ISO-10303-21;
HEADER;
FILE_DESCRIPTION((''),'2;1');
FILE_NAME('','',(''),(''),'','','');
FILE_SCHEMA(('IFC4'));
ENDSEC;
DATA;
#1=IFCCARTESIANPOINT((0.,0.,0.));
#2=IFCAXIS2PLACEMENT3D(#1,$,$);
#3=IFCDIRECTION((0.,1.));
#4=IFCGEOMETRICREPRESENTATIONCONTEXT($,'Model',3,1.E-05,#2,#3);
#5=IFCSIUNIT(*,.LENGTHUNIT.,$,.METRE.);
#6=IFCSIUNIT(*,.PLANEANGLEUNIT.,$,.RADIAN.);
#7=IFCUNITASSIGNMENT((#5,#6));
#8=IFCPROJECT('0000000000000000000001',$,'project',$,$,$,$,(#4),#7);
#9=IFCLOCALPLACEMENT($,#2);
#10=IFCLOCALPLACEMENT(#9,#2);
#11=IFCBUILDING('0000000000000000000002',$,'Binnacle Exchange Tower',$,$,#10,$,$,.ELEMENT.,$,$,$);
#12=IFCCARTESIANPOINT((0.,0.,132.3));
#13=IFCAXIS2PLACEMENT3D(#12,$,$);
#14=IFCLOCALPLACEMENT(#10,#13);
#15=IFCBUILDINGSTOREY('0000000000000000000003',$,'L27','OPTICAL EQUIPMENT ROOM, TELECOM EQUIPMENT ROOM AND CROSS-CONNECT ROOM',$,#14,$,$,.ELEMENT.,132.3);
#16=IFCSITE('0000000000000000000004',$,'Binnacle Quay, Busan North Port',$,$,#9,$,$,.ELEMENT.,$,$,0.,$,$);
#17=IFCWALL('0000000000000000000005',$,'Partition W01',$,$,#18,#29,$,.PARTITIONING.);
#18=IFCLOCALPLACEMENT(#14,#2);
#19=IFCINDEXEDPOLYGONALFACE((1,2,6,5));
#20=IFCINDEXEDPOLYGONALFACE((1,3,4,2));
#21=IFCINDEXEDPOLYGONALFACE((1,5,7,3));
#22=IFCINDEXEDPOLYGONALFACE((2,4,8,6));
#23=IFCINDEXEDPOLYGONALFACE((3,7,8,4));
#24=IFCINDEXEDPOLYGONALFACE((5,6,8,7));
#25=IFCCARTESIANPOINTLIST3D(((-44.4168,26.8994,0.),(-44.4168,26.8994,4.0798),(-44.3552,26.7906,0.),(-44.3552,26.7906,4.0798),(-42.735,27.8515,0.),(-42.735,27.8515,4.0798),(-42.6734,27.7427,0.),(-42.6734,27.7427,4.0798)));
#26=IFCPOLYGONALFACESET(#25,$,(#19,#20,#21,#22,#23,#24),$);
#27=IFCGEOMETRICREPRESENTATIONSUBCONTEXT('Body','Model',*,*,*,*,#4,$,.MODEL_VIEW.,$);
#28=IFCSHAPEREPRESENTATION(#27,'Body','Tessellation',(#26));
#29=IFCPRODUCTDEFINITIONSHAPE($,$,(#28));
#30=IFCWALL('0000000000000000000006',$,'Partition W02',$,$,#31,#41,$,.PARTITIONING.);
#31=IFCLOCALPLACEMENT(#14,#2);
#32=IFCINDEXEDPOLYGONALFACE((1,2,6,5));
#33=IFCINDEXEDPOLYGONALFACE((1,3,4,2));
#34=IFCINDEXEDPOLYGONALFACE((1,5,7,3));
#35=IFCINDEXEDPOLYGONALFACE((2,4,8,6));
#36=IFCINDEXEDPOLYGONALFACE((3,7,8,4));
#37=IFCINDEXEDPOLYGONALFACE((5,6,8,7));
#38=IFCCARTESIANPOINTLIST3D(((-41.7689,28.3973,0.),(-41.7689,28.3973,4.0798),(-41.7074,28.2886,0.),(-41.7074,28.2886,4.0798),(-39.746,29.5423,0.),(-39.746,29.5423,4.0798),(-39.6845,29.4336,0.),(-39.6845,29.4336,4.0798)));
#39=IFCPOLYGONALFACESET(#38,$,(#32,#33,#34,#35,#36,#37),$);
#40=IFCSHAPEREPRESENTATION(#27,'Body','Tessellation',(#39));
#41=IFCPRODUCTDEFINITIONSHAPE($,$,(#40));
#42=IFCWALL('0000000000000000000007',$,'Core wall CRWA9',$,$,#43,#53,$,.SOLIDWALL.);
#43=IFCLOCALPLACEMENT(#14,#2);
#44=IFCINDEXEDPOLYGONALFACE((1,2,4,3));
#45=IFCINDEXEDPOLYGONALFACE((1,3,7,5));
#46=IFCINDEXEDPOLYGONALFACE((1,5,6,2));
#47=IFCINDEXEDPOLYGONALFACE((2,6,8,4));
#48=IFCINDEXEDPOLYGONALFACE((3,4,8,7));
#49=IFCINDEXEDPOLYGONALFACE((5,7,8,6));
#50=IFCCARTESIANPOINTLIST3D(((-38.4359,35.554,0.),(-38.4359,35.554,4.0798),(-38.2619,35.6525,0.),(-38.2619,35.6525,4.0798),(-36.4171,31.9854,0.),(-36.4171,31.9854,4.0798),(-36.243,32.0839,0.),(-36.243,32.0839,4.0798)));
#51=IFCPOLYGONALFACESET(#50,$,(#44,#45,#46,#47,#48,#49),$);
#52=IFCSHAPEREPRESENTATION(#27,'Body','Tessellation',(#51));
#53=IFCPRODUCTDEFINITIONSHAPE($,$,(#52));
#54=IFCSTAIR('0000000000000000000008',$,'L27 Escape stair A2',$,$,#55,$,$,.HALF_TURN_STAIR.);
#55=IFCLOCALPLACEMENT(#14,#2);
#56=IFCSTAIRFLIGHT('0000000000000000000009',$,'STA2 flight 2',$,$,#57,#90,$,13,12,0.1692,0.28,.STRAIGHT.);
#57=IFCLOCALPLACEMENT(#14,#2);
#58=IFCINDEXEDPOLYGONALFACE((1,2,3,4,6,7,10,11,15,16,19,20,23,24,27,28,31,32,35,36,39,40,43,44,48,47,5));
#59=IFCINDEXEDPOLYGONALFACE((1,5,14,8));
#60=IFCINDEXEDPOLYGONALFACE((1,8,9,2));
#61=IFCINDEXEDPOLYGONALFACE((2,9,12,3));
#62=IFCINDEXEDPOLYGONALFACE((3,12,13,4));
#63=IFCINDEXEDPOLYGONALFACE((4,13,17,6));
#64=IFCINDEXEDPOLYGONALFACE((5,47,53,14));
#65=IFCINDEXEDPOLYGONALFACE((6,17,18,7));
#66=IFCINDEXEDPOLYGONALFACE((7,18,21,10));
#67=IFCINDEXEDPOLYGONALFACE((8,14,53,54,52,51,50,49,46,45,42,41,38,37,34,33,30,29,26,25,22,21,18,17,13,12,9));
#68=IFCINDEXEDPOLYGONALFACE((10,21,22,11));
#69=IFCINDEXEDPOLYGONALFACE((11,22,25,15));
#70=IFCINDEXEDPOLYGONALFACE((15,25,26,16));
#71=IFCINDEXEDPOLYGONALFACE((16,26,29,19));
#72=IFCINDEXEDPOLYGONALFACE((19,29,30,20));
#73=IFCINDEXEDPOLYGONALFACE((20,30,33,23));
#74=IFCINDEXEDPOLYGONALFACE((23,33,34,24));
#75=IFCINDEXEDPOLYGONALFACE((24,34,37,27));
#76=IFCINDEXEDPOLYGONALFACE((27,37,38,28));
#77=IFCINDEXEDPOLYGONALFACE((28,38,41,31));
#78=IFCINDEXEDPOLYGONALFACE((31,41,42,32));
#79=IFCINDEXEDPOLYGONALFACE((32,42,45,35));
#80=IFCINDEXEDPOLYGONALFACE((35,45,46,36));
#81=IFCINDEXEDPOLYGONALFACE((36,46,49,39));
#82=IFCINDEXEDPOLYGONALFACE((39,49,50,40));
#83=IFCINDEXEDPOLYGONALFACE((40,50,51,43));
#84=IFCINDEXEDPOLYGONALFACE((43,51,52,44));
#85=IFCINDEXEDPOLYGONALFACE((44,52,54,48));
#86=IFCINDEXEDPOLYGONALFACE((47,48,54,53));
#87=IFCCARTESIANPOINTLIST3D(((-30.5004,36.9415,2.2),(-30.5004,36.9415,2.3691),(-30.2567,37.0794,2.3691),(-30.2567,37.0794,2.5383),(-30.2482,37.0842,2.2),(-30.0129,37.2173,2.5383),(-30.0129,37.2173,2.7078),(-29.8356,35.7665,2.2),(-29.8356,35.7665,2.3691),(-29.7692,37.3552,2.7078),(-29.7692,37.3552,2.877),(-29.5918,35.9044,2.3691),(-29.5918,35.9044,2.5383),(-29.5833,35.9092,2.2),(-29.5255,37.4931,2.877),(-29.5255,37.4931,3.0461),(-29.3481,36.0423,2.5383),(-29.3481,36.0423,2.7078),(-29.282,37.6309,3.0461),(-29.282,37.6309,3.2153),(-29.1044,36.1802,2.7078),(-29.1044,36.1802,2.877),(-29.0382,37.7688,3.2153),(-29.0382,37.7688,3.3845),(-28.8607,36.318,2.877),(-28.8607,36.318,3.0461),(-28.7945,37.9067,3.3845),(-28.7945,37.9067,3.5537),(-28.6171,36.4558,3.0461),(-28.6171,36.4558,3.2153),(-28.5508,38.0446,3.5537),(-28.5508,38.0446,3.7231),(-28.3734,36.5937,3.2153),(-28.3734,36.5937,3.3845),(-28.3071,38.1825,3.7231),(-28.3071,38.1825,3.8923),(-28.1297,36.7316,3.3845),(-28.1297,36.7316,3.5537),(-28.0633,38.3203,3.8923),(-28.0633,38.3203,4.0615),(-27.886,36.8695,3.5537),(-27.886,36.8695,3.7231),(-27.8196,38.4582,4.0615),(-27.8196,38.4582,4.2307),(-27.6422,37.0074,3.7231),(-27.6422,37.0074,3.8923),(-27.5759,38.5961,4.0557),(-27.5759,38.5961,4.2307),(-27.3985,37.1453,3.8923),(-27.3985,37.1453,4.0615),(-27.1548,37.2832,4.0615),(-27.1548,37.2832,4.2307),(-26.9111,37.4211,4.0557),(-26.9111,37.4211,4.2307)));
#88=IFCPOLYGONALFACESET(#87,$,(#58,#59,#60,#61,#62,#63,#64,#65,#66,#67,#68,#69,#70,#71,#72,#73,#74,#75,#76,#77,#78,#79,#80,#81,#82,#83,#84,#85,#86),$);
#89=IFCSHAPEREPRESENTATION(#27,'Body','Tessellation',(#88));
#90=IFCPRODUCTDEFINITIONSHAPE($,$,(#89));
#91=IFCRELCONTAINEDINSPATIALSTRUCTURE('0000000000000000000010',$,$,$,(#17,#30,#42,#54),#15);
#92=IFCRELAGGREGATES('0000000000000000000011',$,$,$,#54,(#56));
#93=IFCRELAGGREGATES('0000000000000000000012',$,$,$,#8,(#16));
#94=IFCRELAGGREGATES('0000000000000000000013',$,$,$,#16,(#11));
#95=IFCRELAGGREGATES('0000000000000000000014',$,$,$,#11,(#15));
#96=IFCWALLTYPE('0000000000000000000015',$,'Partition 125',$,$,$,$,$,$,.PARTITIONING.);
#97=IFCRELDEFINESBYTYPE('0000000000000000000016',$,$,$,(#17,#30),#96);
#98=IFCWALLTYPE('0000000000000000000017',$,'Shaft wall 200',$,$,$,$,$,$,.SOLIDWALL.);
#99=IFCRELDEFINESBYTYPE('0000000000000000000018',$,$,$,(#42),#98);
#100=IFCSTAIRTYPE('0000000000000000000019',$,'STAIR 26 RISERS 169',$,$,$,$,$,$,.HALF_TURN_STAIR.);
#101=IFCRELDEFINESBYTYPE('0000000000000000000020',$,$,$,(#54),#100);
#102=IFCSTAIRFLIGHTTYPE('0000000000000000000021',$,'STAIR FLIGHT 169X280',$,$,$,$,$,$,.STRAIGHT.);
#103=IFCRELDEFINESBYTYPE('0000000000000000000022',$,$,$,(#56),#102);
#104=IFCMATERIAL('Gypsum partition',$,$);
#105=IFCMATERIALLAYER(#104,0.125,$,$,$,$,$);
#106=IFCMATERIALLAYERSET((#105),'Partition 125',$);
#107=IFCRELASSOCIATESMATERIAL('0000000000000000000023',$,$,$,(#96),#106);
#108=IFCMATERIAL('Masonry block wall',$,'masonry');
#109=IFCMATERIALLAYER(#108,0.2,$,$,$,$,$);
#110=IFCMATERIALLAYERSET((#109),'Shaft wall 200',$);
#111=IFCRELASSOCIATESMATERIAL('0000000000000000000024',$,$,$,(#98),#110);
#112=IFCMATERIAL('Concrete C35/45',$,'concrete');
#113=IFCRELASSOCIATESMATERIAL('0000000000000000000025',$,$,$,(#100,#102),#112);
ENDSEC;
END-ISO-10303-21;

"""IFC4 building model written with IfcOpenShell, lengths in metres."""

from ifc_helpers import new_model, si_unit, direction, frame, frame_2d, origin, place, context, subcontext, project, spatial, polyline, rectangle, outline, extrude, material, layer, layer_set, type_object, element, aggregate, save


model = new_model("IFC4")

# Units and contexts
model_context = context("Model", 3, precision=1e-05, world=origin(), true_north=direction((0.0, 1.0)))
body_context = subcontext(model_context, "Body", "Model", "MODEL_VIEW")
ifc_project = project(units=[si_unit("LENGTHUNIT", "METRE"), si_unit("PLANEANGLEUNIT", "RADIAN")], contexts=[model_context])

# Site, building, storey
site_placement = place(None, origin())
site = spatial("IfcSite", under=ifc_project, at=site_placement, Name="Binnacle Quay, Busan North Port", CompositionType="ELEMENT", RefElevation=0.0)
building_placement = place(site_placement, origin())
building = spatial("IfcBuilding", under=site, at=building_placement, Name="Binnacle Exchange Tower", CompositionType="ELEMENT")
storey_placement = place(building_placement, frame((0.0, 0.0, 132.3)))
storey = spatial("IfcBuildingStorey", under=building, at=storey_placement, Name="L27", Description="OPTICAL EQUIPMENT ROOM, TELECOM EQUIPMENT ROOM AND CROSS-CONNECT ROOM", CompositionType="ELEMENT", Elevation=132.3)

# Walls
ifc_material_1 = material(Name="Gypsum partition")
ifc_layer_1 = layer(ifc_material_1, 0.125)
ifc_layer_set_1 = layer_set([ifc_layer_1], Name="Partition 125")
wall_type_1 = type_object("IfcWallType", Name="Partition 125", PredefinedType="PARTITIONING", material=ifc_layer_set_1)
wall_1_placement = place(storey_placement, frame((-44.386, 26.845, 0.0), z_axis=(0.0, 0.0, 1.0), x_axis=(0.870226, 0.492652, 0.0)))
element("IfcWall", 1, at=wall_1_placement, inside=storey, type_object=wall_type_1, Name="Partition W01", PredefinedType="PARTITIONING", context=body_context, shape_type="SweptSolid", body=[
    extrude(rectangle(XDim=1.9326, YDim=0.125, at=frame_2d((0.9663, 0.0))), origin(), (0.0, 0.0, 1.0), 4.0798),
])
wall_2_placement = place(storey_placement, frame((-41.738, 28.343, 0.0), z_axis=(0.0, 0.0, 1.0), x_axis=(0.870265, 0.492583, 0.0)))
element("IfcWall", 2, at=wall_2_placement, inside=storey, type_object=wall_type_1, Name="Partition W02", PredefinedType="PARTITIONING", context=body_context, shape_type="SweptSolid", body=[
    extrude(rectangle(XDim=2.3245, YDim=0.125, at=frame_2d((1.1621, 0.0))), origin(), (0.0, 0.0, 1.0), 4.0798),
])
ifc_material_2 = material(Name="Masonry block wall", Category="masonry")
ifc_layer_2 = layer(ifc_material_2, 0.2)
ifc_layer_set_2 = layer_set([ifc_layer_2], Name="Shaft wall 200")
wall_type_2 = type_object("IfcWallType", Name="Shaft wall 200", PredefinedType="SOLIDWALL", material=ifc_layer_set_2)
wall_3_placement = place(storey_placement, frame((-38.3489, 35.6033, 0.0), z_axis=(0.0, 0.0, 1.0), x_axis=(0.492383, -0.870379, 0.0)))
element("IfcWall", 3, at=wall_3_placement, inside=storey, type_object=wall_type_2, Name="Core wall CRWA9", PredefinedType="SOLIDWALL", context=body_context, shape_type="SweptSolid", body=[
    extrude(rectangle(XDim=4.1001, YDim=0.2, at=frame_2d((2.05, 0.0))), origin(), (0.0, 0.0, 1.0), 4.0798),
])

# Stair, stair flight
ifc_material_3 = material(Name="Concrete C35/45", Category="concrete")
stair_type = type_object("IfcStairType", Name="STAIR 26 RISERS 169", PredefinedType="HALF_TURN_STAIR", material=ifc_material_3)
stair_placement = place(storey_placement, origin())
stair = element("IfcStair", 4, at=stair_placement, inside=storey, type_object=stair_type, Name="L27 Escape stair A2", PredefinedType="HALF_TURN_STAIR")
stair_flight_type = type_object("IfcStairFlightType", Name="STAIR FLIGHT 169X280", PredefinedType="STRAIGHT", material=ifc_material_3)
stair_flight_placement = place(storey_placement, frame((-30.168, 36.354, 2.2), z_axis=(0.0, 0.0, 1.0), x_axis=(0.870356, 0.492424, 0.0)))
stair_flight = element("IfcStairFlight", 5, at=stair_flight_placement, type_object=stair_flight_type, Name="STA2 flight 2", NumberOfRisers=13, NumberOfTreads=12, PredefinedType="STRAIGHT", RiserHeight=0.1692, TreadLength=0.28, context=body_context, shape_type="SweptSolid", body=[
    extrude(outline(polyline([(0.0, 0.0), (0.0, 0.1692), (0.28, 0.1692), (0.28, 0.3384), (0.5601, 0.3384), (0.5601, 0.5078), (0.8401, 0.5078), (0.8401, 0.677), (1.1201, 0.677), (1.1201, 0.8462), (1.3999, 0.8462), (1.3999, 1.0154), (1.6799, 1.0154), (1.6799, 1.1846), (1.96, 1.1846), (1.96, 1.3538), (2.24, 1.3538), (2.24, 1.5232), (2.52, 1.5232), (2.52, 1.6924), (2.8, 1.6924), (2.8, 1.8616), (3.0801, 1.8616), (3.0801, 2.0308), (3.3601, 2.0308), (3.3601, 2.2), (3.3601, 1.8557), (0.2898, 0.0), (0.0, 0.0)])), frame((0.0, 0.675, 0.0), z_axis=(0.0, -1.0, 0.0), x_axis=(1.0, 0.0, 0.0)), (0.0, 0.0, 1.0), 1.3501),
])
aggregate(stair, [stair_flight])

save(model, "model.ifc")
